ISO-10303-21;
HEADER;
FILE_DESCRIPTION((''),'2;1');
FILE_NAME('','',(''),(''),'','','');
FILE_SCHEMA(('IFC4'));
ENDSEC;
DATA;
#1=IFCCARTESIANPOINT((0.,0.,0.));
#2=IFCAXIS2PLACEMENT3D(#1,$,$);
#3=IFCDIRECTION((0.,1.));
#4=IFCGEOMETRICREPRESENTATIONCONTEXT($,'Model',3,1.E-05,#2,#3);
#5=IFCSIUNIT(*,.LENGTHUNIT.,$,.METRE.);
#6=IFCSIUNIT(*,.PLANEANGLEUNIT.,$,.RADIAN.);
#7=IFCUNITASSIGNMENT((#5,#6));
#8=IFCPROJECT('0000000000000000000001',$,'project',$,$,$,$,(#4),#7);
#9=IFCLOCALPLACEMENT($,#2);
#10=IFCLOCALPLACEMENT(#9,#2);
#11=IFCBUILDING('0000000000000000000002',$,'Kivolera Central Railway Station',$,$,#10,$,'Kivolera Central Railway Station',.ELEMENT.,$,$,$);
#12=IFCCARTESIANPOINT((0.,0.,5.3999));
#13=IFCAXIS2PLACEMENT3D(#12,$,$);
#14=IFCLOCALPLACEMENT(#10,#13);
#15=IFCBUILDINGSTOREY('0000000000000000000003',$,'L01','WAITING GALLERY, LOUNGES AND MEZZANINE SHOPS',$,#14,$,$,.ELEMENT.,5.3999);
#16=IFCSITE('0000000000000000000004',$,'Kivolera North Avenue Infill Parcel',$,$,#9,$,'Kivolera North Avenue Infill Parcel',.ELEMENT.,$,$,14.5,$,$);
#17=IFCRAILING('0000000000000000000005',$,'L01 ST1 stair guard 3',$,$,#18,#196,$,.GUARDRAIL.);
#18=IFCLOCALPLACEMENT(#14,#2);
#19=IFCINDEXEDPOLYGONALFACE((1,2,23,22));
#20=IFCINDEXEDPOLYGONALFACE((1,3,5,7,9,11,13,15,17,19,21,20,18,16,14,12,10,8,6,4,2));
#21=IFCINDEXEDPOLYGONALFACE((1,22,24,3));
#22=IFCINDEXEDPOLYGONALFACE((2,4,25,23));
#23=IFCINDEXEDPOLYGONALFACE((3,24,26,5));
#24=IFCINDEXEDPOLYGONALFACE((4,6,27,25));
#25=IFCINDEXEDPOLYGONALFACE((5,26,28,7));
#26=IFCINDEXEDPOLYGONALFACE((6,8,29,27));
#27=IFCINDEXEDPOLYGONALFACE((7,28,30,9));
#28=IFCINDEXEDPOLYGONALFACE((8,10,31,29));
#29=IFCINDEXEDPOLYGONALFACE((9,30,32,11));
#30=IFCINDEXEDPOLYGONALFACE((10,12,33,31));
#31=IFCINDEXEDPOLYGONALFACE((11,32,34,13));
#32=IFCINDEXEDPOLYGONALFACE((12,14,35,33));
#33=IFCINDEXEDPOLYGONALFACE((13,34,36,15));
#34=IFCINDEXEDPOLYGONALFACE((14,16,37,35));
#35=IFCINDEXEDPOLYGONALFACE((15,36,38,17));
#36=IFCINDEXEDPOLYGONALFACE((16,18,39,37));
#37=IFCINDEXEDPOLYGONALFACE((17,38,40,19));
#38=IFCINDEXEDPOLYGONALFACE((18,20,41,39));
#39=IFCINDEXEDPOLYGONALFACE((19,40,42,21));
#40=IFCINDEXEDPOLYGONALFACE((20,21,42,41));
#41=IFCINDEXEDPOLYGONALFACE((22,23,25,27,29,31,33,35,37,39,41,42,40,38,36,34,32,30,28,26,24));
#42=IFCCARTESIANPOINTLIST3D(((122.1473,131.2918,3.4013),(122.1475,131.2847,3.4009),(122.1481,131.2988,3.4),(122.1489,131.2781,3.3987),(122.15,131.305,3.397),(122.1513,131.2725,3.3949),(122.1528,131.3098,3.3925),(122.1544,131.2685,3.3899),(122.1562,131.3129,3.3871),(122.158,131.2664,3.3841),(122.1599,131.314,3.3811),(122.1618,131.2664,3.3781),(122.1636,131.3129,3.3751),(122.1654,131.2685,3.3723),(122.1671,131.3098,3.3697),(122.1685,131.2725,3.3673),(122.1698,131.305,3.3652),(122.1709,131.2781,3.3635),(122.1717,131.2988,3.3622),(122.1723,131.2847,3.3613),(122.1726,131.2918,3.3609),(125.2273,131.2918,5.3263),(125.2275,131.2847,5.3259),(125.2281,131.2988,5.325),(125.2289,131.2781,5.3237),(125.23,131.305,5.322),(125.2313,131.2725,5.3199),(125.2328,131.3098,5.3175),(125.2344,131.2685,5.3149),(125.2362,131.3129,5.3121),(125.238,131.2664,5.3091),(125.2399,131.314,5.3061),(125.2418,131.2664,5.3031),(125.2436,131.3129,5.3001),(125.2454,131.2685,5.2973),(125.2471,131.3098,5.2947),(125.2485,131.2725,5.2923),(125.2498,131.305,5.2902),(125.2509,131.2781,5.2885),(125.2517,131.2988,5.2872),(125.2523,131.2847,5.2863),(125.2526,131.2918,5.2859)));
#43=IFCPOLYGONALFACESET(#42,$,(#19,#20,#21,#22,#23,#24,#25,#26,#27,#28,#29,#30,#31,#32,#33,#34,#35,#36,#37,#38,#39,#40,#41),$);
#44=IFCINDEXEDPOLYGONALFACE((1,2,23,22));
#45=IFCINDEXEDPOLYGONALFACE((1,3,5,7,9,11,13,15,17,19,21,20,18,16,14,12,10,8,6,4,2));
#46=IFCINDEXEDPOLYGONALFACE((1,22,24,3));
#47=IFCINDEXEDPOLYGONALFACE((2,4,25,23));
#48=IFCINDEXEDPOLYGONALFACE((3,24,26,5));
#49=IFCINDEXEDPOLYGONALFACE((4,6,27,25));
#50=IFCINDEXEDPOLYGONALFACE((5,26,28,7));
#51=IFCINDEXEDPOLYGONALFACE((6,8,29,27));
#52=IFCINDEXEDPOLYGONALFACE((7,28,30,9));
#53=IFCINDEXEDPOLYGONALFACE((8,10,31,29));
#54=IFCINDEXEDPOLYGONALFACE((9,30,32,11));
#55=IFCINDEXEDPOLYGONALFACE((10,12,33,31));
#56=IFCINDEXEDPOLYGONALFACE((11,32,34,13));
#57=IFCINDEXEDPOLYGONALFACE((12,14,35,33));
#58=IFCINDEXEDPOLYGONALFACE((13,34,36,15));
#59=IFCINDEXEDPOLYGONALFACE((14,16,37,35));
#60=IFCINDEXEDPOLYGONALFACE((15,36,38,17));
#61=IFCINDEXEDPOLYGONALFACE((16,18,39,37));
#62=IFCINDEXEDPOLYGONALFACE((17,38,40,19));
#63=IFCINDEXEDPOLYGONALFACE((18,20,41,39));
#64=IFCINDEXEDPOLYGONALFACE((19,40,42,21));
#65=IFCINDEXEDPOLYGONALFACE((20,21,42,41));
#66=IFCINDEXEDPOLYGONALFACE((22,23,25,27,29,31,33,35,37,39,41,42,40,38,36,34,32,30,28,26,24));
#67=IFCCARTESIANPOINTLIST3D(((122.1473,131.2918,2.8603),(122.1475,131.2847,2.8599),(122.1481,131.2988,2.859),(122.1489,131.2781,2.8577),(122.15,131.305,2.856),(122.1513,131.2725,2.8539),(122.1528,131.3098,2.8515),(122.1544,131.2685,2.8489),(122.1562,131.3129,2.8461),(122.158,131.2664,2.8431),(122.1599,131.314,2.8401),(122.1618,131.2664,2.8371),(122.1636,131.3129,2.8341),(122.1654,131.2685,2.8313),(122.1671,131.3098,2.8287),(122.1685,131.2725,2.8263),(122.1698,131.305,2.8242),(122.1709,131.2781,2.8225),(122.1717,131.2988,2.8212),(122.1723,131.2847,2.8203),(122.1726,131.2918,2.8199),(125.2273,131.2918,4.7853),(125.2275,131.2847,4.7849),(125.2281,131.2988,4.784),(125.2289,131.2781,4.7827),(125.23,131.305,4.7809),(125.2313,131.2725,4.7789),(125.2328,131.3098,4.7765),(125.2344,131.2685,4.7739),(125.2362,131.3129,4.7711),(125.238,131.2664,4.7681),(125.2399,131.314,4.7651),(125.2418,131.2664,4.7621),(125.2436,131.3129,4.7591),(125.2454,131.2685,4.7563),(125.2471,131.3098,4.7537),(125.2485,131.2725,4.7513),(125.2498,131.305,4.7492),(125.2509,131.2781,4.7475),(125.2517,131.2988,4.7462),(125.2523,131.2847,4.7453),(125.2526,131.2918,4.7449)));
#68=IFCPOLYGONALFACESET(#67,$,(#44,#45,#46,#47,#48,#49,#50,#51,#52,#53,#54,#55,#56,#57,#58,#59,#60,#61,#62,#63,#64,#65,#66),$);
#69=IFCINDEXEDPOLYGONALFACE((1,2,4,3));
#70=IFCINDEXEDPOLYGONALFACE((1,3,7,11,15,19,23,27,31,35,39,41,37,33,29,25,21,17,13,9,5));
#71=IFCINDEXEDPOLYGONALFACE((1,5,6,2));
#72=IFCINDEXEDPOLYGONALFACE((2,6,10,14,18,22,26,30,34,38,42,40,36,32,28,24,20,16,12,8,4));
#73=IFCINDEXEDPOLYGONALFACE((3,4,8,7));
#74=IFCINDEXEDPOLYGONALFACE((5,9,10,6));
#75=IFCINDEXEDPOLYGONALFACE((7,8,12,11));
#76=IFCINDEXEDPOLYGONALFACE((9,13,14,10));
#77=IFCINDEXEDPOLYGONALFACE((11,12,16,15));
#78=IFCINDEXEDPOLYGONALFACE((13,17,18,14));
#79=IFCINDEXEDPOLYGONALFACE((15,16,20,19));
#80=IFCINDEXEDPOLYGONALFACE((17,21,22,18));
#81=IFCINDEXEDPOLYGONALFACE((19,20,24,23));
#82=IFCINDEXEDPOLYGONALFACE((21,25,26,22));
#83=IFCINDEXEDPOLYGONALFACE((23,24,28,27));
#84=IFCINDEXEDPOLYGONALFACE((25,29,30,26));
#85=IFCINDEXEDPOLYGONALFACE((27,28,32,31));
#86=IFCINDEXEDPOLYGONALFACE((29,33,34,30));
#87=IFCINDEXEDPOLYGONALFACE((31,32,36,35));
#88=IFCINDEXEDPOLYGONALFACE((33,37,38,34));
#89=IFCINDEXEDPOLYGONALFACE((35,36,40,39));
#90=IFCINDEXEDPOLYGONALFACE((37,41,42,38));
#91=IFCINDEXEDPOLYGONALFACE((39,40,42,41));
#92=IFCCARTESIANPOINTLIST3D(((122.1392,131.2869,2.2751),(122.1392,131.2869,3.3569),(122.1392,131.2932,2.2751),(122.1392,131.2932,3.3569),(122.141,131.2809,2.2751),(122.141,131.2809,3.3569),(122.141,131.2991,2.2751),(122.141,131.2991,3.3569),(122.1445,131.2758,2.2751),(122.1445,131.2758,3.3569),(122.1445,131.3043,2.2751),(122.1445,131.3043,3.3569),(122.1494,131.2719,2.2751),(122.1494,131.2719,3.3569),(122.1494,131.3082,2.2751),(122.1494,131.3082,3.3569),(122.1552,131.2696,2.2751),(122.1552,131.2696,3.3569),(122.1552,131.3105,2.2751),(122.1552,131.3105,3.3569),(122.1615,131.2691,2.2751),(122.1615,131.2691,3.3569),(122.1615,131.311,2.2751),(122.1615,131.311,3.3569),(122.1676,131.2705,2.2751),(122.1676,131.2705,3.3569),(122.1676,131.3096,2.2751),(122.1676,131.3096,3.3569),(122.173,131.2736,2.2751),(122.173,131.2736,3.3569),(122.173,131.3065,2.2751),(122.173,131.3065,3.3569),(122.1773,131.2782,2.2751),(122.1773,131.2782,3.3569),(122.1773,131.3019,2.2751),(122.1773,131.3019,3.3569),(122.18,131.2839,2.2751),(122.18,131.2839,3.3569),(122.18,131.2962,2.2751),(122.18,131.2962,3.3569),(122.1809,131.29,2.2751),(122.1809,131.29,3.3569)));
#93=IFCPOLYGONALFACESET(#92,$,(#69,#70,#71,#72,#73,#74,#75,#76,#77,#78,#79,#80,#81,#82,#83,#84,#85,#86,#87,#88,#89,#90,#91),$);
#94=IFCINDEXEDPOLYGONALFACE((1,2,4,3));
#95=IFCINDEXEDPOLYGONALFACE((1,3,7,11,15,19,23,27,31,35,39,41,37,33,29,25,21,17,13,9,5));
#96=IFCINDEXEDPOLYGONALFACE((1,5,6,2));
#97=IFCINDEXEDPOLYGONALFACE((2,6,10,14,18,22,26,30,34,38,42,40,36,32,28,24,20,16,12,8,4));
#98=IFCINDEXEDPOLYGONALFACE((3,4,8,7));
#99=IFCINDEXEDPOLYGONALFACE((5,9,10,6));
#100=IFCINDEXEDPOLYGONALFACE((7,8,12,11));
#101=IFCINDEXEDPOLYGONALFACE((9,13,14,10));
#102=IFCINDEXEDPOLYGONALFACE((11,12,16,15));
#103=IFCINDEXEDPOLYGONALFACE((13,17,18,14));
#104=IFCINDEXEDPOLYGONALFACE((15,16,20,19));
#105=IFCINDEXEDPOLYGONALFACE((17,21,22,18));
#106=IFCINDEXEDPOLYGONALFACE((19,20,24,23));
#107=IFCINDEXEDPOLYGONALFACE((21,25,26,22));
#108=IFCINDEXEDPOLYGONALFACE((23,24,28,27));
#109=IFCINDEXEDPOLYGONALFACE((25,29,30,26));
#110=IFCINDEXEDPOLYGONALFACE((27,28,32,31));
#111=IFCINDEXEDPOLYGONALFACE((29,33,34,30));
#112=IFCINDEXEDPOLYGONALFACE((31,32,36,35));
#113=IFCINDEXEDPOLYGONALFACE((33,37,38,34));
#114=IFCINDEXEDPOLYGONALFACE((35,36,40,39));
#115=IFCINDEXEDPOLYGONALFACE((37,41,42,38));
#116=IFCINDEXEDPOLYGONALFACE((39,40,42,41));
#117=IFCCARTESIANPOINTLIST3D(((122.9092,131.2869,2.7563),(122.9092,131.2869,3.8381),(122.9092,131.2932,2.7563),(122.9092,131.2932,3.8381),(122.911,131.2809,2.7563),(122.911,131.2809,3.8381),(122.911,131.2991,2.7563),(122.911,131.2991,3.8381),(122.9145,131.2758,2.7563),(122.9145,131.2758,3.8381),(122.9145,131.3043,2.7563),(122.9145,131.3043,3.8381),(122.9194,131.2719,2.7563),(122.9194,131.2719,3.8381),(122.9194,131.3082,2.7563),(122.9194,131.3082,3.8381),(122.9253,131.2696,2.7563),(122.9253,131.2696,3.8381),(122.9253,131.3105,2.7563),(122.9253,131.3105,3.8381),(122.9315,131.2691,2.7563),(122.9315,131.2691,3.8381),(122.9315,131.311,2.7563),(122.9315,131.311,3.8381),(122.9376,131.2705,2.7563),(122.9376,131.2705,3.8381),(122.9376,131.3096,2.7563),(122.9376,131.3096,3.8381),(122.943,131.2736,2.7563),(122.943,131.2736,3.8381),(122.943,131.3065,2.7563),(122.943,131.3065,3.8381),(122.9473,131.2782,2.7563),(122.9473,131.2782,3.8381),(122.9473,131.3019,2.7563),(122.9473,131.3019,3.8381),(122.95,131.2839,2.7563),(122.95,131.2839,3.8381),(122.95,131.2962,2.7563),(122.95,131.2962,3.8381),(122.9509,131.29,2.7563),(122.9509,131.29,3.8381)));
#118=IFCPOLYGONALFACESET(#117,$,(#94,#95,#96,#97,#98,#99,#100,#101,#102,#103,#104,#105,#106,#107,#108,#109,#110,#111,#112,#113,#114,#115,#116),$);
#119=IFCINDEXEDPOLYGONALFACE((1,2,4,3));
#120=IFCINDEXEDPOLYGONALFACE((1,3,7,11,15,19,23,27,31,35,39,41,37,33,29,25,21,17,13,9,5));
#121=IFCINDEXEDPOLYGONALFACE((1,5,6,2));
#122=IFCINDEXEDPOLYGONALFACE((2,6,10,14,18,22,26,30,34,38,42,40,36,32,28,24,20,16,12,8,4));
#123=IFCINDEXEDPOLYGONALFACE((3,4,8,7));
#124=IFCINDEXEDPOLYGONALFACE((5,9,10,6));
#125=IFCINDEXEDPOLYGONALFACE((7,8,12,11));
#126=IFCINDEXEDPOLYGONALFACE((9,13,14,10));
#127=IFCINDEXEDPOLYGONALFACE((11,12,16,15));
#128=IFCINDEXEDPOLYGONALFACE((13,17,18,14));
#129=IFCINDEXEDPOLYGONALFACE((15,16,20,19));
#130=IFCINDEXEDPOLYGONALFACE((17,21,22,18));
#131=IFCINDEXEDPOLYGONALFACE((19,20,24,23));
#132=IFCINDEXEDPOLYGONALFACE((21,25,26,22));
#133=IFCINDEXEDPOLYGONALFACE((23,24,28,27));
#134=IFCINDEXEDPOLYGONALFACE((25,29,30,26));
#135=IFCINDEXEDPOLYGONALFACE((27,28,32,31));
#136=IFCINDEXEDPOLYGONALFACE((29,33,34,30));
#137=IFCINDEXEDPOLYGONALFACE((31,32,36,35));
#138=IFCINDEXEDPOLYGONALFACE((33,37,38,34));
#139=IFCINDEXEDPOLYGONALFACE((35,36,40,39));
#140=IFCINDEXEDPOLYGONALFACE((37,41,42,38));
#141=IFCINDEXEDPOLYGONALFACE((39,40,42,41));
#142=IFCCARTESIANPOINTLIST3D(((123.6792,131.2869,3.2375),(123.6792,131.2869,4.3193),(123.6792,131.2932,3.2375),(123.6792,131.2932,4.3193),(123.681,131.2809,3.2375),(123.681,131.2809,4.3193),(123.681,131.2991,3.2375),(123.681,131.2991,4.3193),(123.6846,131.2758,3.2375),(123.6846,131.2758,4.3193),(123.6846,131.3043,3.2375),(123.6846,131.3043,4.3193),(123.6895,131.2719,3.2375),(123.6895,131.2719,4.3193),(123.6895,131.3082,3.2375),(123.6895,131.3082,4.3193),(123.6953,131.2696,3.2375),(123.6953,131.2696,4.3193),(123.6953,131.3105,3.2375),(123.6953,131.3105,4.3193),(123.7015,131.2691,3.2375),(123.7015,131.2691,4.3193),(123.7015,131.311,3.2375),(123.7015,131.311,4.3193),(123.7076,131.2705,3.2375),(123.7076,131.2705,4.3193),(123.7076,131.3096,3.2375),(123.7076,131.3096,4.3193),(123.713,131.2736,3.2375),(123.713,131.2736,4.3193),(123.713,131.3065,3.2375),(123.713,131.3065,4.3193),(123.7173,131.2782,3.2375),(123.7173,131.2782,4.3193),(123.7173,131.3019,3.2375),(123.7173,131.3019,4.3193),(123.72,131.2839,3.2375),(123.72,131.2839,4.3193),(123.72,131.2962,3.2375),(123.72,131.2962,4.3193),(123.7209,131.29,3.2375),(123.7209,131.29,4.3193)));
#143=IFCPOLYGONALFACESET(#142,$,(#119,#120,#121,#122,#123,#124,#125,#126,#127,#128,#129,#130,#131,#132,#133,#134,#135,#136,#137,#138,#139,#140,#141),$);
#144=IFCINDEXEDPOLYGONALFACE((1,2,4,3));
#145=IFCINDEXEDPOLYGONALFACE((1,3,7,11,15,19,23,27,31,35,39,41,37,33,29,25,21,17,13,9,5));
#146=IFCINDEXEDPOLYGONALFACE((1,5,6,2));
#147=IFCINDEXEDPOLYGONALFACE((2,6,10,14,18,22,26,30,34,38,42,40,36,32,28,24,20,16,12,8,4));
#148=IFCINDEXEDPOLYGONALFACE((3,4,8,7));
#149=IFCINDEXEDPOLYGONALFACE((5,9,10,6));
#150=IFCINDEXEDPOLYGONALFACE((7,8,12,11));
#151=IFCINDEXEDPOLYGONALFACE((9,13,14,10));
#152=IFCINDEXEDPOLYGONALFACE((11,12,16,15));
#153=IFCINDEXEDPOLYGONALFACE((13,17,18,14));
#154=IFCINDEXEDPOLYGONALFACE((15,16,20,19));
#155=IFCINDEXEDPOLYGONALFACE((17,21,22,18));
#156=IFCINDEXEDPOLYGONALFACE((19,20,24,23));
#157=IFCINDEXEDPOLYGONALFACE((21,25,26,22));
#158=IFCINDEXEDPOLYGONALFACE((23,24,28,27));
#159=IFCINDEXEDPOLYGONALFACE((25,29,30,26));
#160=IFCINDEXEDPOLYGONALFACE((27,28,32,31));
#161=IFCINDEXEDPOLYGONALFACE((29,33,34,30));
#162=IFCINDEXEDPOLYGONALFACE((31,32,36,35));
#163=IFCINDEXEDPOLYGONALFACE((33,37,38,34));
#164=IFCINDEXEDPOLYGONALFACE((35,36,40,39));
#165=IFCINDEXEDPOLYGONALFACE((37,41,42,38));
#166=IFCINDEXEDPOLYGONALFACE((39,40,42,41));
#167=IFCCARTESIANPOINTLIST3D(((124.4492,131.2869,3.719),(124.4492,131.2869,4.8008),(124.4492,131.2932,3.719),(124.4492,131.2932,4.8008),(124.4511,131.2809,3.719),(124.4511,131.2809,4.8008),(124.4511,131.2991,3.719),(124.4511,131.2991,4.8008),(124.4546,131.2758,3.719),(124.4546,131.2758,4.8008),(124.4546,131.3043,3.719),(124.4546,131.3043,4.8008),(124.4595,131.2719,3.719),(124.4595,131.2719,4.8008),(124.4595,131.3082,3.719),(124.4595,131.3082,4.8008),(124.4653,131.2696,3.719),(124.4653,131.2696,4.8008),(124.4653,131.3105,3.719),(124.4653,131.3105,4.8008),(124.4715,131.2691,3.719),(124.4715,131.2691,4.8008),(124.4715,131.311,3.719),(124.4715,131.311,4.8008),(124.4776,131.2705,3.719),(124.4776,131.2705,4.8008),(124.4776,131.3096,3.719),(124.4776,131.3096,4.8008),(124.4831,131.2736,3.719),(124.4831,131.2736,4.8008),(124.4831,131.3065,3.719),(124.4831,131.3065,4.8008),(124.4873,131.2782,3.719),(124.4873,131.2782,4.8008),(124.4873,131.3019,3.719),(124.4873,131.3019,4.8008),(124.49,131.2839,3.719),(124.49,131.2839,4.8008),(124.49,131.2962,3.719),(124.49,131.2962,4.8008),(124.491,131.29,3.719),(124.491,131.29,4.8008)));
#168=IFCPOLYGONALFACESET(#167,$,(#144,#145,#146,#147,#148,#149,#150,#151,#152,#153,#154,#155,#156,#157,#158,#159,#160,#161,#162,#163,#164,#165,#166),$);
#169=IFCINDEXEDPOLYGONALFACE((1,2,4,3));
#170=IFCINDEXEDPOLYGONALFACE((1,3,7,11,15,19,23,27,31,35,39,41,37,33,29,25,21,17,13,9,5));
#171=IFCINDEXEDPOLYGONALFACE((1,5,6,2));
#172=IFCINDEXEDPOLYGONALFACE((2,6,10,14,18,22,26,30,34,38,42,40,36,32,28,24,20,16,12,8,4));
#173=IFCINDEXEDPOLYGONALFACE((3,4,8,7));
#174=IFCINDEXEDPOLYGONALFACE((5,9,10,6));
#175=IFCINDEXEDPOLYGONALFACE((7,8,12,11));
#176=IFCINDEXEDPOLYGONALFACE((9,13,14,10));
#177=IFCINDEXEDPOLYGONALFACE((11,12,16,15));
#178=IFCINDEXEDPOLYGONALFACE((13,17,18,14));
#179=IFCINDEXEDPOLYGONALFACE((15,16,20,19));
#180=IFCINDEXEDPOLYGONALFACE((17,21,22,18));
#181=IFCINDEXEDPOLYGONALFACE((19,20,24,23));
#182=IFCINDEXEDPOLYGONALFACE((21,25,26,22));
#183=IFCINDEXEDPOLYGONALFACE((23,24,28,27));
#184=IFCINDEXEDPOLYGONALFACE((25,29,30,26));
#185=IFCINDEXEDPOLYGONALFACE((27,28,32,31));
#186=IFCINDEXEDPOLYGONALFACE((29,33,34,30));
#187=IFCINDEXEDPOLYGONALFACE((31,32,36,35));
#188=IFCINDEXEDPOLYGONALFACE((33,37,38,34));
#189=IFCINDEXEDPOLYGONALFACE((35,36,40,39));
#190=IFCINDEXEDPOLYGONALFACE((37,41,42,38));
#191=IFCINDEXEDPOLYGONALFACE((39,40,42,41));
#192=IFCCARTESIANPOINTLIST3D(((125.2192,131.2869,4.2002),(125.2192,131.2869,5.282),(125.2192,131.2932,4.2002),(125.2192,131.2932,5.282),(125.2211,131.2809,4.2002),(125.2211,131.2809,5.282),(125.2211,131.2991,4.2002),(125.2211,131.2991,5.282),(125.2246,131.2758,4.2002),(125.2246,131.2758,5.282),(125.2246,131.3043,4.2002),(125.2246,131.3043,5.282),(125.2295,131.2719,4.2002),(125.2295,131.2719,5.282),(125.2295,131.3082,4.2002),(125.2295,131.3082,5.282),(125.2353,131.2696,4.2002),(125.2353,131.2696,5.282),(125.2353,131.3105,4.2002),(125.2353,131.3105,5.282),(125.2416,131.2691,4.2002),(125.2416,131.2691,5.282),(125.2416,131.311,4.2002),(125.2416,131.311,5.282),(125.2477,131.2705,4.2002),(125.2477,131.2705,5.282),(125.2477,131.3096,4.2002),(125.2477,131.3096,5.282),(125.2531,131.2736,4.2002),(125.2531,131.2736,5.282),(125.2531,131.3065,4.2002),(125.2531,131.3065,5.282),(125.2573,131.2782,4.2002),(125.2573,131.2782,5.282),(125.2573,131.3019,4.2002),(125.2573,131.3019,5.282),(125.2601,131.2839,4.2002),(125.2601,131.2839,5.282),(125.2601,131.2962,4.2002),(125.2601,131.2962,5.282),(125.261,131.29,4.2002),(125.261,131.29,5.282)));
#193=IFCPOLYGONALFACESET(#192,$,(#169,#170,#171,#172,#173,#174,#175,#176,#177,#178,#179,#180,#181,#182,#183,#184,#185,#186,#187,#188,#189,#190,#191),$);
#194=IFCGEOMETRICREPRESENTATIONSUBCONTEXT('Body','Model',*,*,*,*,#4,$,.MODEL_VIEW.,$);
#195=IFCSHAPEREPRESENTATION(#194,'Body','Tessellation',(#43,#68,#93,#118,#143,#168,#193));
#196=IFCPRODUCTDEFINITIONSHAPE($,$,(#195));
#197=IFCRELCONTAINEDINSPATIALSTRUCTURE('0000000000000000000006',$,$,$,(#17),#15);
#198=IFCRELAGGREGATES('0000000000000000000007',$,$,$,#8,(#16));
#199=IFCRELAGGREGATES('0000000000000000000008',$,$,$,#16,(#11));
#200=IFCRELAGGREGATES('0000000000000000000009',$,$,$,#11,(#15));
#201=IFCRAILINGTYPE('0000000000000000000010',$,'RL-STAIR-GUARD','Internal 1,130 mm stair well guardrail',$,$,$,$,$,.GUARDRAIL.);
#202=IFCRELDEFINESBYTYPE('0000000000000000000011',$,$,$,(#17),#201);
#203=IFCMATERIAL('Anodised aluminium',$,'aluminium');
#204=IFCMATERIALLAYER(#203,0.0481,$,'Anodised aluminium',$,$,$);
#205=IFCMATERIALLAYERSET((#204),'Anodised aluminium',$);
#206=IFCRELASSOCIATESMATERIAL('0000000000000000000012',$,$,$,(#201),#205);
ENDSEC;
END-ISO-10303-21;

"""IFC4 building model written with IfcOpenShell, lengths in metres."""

from ifc_helpers import new_model, si_unit, direction, frame, origin, origin_2d, place, context, subcontext, project, spatial, circle, extrude, material, layer, layer_set, type_object, element, save


model = new_model("IFC4")

# Units and contexts
model_context = context("Model", 3, precision=1e-05, world=origin(), true_north=direction((0.0, 1.0)))
body_context = subcontext(model_context, "Body", "Model", "MODEL_VIEW")
ifc_project = project(units=[si_unit("LENGTHUNIT", "METRE"), si_unit("PLANEANGLEUNIT", "RADIAN")], contexts=[model_context])

# Site, building, storey
site_placement = place(None, origin())
site = spatial("IfcSite", under=ifc_project, at=site_placement, Name="Kivolera North Avenue Infill Parcel", LongName="Kivolera North Avenue Infill Parcel", CompositionType="ELEMENT", RefElevation=14.5)
building_placement = place(site_placement, origin())
building = spatial("IfcBuilding", under=site, at=building_placement, Name="Kivolera Central Railway Station", LongName="Kivolera Central Railway Station", CompositionType="ELEMENT")
storey_placement = place(building_placement, frame((0.0, 0.0, 5.3999)))
storey = spatial("IfcBuildingStorey", under=building, at=storey_placement, Name="L01", Description="WAITING GALLERY, LOUNGES AND MEZZANINE SHOPS", CompositionType="ELEMENT", Elevation=5.3999)

# Shared definitions
ifc_material_1 = material(Name="Anodised aluminium", Category="aluminium")

# Railing
ifc_layer_1 = layer(ifc_material_1, 0.0481, Name="Anodised aluminium")
ifc_layer_set_1 = layer_set([ifc_layer_1], Name="Anodised aluminium")
railing_type_1 = type_object("IfcRailingType", Name="RL-STAIR-GUARD", Description="Internal 1,130 mm stair well guardrail", PredefinedType="GUARDRAIL", material=ifc_layer_set_1)
railing_1_placement = place(storey_placement, frame((122.1599, 131.29, 2.2751)))
element("IfcRailing", 1, at=railing_1_placement, inside=storey, type_object=railing_type_1, Name="L01 ST1 stair guard 3", PredefinedType="GUARDRAIL", context=body_context, shape_type="SweptSolid", body=[
    extrude(circle(Radius=0.0239, at=origin_2d()), frame((0.0, 0.0, 1.106), z_axis=(0.847998, 0.0, 0.529999), x_axis=(0.0, 1.0, 0.0)), (0.0, 0.0, 1.0), 3.6321),
    extrude(circle(Radius=0.0239, at=origin_2d()), frame((0.0, 0.0, 0.5649), z_axis=(0.847998, 0.0, 0.529999), x_axis=(0.0, 1.0, 0.0)), (0.0, 0.0, 1.0), 3.6321),
    extrude(circle(Radius=0.021, at=origin_2d()), origin(), (0.0, 0.0, 1.0), 1.0818),
    extrude(circle(Radius=0.021, at=origin_2d()), frame((0.77, 0.0, 0.4812)), (0.0, 0.0, 1.0), 1.0818),
    extrude(circle(Radius=0.021, at=origin_2d()), frame((1.54, 0.0, 0.9624)), (0.0, 0.0, 1.0), 1.0818),
    extrude(circle(Radius=0.021, at=origin_2d()), frame((2.3101, 0.0, 1.4438)), (0.0, 0.0, 1.0), 1.0818),
    extrude(circle(Radius=0.021, at=origin_2d()), frame((3.0801, 0.0, 1.925)), (0.0, 0.0, 1.0), 1.0818),
])

save(model, "model.ifc")
